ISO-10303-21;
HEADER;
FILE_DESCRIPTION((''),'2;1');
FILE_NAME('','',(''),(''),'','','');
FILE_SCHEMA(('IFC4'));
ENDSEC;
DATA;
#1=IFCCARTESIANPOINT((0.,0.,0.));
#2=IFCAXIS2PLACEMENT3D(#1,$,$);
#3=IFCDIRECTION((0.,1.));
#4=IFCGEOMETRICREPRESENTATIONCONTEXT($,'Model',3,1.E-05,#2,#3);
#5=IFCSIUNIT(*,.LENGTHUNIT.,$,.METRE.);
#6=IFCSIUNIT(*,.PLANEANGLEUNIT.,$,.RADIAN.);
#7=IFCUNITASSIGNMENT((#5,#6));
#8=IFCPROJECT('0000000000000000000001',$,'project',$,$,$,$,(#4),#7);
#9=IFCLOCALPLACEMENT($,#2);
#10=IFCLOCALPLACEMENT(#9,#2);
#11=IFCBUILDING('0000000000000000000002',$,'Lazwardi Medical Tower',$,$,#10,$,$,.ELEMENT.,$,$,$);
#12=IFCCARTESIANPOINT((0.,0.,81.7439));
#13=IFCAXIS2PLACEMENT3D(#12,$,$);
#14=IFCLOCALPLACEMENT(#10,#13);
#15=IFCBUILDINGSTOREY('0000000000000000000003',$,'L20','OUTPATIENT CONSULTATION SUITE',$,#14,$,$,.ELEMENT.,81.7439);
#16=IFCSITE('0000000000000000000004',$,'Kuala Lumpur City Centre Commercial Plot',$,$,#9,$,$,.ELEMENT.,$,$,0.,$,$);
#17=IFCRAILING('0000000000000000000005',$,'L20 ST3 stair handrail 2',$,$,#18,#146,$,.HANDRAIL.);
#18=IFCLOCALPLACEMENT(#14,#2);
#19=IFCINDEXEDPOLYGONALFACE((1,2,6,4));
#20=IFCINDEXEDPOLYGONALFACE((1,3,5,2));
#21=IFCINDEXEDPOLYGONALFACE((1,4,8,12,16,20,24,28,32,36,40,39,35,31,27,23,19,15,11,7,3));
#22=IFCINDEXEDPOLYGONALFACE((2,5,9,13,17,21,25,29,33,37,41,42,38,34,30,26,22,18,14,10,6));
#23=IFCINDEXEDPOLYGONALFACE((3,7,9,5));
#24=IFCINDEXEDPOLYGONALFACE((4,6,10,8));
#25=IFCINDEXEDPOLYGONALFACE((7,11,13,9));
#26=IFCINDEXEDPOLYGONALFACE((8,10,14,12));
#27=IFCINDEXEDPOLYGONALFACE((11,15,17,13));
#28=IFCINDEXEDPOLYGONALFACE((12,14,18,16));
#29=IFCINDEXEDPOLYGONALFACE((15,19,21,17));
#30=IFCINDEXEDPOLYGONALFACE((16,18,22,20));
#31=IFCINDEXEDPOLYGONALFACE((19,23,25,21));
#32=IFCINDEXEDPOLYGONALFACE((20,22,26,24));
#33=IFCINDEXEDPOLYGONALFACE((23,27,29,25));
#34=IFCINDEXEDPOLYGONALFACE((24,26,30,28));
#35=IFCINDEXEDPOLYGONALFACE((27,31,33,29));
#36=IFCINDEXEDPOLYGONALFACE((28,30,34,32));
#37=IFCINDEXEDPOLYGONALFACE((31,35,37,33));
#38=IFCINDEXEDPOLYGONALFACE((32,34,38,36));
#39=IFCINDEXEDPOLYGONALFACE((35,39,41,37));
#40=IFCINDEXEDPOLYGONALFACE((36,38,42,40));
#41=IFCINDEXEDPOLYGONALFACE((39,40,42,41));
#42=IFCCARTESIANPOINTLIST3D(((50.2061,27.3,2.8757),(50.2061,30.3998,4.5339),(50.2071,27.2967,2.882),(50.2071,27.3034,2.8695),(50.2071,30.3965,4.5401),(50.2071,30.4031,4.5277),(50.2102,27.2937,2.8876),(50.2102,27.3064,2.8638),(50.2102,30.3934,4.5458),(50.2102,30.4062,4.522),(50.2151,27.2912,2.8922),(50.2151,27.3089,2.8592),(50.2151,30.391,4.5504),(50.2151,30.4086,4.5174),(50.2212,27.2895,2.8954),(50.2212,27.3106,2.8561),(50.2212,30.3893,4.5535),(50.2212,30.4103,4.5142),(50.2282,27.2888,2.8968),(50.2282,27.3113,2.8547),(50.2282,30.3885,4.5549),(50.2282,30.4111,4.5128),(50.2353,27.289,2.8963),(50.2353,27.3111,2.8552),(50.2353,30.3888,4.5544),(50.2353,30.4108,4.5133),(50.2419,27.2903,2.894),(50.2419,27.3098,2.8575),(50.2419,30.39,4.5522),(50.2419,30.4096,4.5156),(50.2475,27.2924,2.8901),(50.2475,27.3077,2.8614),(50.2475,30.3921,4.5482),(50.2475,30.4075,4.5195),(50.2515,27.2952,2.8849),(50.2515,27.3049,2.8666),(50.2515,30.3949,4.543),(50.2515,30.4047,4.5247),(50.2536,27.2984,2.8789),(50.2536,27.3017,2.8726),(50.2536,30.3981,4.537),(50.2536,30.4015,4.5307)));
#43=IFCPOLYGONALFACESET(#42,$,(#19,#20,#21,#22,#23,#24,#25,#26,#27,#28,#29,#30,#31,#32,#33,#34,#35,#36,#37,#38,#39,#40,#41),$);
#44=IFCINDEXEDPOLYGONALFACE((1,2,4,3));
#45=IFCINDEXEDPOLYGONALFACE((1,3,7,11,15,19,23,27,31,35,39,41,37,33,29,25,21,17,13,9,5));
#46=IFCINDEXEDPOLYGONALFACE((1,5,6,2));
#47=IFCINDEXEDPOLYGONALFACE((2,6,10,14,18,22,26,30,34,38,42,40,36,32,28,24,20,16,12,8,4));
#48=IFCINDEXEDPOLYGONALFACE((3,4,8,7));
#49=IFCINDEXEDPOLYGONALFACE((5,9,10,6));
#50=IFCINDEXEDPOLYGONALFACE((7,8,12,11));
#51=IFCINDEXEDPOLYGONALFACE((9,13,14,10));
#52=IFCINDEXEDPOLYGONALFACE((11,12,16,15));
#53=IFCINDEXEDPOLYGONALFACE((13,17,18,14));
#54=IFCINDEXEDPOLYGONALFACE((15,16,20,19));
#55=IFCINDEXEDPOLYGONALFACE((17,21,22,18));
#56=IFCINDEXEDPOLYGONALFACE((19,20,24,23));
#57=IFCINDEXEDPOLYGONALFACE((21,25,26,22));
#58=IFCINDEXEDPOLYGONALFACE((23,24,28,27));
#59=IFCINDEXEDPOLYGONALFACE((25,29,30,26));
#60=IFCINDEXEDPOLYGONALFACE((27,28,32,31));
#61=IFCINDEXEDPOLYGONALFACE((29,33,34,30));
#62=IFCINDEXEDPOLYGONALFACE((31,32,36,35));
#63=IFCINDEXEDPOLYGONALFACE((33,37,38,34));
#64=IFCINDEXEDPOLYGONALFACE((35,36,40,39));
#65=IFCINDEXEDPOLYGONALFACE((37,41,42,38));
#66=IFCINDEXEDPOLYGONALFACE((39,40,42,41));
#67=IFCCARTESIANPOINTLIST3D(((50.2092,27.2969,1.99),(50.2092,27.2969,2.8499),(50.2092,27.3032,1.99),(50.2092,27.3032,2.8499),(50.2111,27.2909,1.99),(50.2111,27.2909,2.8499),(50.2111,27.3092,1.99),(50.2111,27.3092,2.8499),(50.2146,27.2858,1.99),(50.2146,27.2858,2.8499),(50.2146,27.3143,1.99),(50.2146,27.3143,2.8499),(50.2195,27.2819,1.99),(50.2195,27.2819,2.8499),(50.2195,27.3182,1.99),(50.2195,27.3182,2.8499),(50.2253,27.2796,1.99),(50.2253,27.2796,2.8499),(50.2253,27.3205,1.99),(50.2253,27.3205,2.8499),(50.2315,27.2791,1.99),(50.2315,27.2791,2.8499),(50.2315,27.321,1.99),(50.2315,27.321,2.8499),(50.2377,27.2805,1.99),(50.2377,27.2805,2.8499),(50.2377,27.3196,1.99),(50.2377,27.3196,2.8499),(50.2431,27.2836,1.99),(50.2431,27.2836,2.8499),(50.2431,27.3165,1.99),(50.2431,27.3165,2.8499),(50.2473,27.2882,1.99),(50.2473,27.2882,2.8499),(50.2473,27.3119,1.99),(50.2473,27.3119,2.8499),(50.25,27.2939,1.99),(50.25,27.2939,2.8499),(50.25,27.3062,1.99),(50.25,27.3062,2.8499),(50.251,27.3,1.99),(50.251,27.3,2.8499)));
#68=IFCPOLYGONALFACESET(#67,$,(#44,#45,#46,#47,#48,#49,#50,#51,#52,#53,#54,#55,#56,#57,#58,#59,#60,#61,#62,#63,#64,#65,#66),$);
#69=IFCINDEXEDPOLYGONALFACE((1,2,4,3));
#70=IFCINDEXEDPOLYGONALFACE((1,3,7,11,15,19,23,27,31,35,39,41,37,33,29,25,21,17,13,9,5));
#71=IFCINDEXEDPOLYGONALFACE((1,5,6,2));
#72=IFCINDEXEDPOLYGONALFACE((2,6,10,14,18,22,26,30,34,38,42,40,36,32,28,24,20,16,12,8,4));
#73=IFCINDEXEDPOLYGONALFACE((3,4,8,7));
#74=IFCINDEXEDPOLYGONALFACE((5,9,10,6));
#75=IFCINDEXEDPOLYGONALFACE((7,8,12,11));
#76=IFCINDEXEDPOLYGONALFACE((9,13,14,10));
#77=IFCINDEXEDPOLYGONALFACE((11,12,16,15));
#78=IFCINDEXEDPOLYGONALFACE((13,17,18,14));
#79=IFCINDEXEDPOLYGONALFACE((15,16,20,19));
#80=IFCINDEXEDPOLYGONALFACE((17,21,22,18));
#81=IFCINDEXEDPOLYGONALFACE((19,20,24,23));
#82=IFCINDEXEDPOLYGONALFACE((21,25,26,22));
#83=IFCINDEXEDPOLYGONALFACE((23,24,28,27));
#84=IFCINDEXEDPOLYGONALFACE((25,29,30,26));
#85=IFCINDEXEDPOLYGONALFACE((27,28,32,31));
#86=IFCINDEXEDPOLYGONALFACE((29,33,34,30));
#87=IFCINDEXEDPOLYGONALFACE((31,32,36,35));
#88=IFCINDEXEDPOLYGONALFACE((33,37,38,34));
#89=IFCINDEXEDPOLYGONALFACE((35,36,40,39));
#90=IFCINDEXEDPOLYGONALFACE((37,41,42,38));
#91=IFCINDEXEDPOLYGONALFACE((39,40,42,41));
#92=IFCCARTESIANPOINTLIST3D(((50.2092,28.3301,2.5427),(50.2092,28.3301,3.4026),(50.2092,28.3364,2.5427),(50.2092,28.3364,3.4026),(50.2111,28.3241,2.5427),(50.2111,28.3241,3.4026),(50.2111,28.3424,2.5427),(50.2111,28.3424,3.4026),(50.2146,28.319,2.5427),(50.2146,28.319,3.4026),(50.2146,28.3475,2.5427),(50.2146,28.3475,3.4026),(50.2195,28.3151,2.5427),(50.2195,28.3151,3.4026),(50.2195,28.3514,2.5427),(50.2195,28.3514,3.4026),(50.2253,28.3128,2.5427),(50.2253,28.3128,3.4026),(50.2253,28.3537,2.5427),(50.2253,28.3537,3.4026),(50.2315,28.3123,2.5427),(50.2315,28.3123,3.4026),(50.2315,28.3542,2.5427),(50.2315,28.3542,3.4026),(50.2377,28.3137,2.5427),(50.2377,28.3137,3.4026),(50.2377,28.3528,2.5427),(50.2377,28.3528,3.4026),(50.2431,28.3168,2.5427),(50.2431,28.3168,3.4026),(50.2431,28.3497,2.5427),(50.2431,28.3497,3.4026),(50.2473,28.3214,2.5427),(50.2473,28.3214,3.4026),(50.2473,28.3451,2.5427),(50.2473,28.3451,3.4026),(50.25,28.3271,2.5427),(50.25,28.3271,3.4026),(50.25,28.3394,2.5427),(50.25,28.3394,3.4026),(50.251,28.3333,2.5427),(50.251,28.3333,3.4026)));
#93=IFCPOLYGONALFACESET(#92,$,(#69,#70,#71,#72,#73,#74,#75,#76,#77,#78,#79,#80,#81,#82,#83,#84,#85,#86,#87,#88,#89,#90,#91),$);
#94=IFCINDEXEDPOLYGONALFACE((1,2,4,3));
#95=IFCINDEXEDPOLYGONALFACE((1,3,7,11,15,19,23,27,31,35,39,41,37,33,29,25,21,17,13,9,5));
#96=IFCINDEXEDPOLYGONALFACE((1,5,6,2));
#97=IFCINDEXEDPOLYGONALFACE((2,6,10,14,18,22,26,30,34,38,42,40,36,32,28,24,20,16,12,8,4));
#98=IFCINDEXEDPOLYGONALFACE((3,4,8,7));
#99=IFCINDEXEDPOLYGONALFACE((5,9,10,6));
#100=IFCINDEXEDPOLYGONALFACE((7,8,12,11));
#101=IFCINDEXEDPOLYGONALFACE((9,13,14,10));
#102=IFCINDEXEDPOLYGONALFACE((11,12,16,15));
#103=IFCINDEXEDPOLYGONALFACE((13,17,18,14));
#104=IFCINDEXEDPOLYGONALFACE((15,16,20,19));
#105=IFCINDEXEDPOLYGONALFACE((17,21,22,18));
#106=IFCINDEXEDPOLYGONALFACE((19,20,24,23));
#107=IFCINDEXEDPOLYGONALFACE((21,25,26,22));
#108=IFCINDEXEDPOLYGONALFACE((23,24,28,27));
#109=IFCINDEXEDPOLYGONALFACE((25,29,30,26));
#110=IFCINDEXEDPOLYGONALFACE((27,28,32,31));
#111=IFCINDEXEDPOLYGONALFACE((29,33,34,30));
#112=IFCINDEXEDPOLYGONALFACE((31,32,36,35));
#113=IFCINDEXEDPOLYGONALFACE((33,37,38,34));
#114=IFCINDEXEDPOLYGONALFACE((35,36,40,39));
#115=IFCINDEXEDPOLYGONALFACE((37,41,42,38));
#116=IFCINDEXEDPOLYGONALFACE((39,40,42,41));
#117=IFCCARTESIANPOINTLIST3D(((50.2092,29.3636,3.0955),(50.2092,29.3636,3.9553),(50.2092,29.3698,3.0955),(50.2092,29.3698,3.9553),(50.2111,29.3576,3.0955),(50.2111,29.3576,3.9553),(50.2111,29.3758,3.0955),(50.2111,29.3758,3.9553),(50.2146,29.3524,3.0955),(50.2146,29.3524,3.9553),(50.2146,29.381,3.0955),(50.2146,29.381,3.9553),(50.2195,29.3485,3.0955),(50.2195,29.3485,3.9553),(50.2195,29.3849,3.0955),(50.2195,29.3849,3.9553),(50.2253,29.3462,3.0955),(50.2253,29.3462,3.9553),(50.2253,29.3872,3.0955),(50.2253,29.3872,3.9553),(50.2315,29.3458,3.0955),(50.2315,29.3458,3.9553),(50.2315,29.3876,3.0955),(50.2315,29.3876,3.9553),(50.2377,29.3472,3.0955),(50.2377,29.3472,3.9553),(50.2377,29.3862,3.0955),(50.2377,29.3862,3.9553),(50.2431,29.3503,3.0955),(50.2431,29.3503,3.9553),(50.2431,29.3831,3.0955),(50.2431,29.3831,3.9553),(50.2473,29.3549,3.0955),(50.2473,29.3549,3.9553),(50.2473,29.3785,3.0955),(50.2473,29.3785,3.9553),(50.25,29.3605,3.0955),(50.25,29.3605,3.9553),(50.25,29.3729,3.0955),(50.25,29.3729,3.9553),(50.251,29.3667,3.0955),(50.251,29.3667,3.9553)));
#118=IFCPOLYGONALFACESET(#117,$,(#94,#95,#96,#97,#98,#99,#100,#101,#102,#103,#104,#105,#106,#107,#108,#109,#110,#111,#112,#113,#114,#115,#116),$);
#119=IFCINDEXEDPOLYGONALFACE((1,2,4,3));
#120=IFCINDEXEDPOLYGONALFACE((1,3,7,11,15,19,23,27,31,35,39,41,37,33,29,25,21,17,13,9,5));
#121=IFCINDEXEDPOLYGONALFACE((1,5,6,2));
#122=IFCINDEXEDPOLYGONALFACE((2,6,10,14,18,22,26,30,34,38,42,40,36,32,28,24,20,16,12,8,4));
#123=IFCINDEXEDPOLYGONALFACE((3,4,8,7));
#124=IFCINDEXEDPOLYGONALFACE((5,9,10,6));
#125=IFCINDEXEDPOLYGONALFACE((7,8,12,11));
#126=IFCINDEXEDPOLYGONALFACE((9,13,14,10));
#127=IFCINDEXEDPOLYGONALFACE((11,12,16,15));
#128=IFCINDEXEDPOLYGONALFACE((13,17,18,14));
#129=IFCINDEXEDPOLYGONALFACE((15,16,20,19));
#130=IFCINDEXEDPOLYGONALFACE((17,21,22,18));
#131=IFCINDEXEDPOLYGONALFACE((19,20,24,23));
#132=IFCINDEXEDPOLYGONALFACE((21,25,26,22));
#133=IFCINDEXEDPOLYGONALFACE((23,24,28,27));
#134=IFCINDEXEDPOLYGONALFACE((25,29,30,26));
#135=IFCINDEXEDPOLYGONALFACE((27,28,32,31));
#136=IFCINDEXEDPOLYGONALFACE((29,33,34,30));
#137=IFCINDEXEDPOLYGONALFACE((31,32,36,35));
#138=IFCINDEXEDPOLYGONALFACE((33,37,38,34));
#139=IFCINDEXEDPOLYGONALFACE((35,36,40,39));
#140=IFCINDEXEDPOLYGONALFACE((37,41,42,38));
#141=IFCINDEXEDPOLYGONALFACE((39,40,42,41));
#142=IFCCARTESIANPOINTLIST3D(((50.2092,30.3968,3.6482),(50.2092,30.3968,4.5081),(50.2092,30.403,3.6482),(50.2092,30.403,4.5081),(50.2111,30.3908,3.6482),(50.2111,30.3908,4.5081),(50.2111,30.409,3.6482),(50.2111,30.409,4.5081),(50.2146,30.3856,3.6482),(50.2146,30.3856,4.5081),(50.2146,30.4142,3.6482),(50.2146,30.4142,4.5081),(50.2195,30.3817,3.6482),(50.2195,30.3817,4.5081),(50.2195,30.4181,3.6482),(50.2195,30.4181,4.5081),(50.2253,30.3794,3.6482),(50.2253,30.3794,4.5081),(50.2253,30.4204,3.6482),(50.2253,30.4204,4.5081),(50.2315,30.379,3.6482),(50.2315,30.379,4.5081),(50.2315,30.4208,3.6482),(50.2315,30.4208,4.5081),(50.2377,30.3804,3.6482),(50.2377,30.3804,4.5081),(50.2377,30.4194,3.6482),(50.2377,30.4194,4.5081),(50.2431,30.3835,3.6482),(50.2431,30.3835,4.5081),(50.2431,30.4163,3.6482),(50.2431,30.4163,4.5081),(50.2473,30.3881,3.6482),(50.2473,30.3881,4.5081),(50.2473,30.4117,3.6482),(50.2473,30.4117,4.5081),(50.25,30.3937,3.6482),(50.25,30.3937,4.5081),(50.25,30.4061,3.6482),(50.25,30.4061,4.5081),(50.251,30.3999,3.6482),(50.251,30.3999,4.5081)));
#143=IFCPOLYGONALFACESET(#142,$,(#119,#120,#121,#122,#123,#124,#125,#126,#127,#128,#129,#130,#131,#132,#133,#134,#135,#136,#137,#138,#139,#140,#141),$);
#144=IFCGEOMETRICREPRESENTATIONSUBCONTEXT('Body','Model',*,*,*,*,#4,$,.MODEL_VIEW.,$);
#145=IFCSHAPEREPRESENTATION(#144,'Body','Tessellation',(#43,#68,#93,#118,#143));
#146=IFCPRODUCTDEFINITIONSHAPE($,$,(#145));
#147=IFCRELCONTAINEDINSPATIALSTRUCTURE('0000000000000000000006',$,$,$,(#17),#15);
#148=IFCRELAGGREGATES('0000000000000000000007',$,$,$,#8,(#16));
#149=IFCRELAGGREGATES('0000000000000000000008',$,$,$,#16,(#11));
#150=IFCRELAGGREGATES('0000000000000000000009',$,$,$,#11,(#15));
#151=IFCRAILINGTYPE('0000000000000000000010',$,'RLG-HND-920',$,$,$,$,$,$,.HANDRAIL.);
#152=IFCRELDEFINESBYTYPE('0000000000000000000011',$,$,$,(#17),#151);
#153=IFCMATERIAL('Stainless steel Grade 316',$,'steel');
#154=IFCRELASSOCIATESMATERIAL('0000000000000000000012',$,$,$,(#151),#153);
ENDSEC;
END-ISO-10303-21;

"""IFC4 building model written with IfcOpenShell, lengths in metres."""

from ifc_helpers import new_model, si_unit, direction, frame, origin, origin_2d, place, context, subcontext, project, spatial, circle, extrude, material, type_object, element, save


model = new_model("IFC4")

# Units and contexts
model_context = context("Model", 3, precision=1e-05, world=origin(), true_north=direction((0.0, 1.0)))
body_context = subcontext(model_context, "Body", "Model", "MODEL_VIEW")
ifc_project = project(units=[si_unit("LENGTHUNIT", "METRE"), si_unit("PLANEANGLEUNIT", "RADIAN")], contexts=[model_context])

# Site, building, storey
site_placement = place(None, origin())
site = spatial("IfcSite", under=ifc_project, at=site_placement, Name="Kuala Lumpur City Centre Commercial Plot", CompositionType="ELEMENT", RefElevation=0.0)
building_placement = place(site_placement, origin())
building = spatial("IfcBuilding", under=site, at=building_placement, Name="Lazwardi Medical Tower", CompositionType="ELEMENT")
storey_placement = place(building_placement, frame((0.0, 0.0, 81.7439)))
storey = spatial("IfcBuildingStorey", under=building, at=storey_placement, Name="L20", Description="OUTPATIENT CONSULTATION SUITE", CompositionType="ELEMENT", Elevation=81.7439)

# Railing
ifc_material_1 = material(Name="Stainless steel Grade 316", Category="steel")
railing_type_1 = type_object("IfcRailingType", Name="RLG-HND-920", PredefinedType="HANDRAIL", material=ifc_material_1)
railing_1_placement = place(storey_placement, frame((50.23, 27.3, 1.99)))
element("IfcRailing", 1, at=railing_1_placement, inside=storey, type_object=railing_type_1, Name="L20 ST3 stair handrail 2", PredefinedType="HANDRAIL", context=body_context, shape_type="SweptSolid", body=[
    extrude(circle(Radius=0.0239, at=origin_2d()), frame((0.0, 0.0, 0.8857), z_axis=(0.0, 0.881768, 0.471684), x_axis=(-1.0, 0.0, 0.0)), (0.0, 0.0, 1.0), 3.5154),
    extrude(circle(Radius=0.021, at=origin_2d()), origin(), (0.0, 0.0, 1.0), 0.8599),
    extrude(circle(Radius=0.021, at=origin_2d()), frame((0.0, 1.0332, 0.5527)), (0.0, 0.0, 1.0), 0.8599),
    extrude(circle(Radius=0.021, at=origin_2d()), frame((0.0, 2.0667, 1.1055)), (0.0, 0.0, 1.0), 0.8599),
    extrude(circle(Radius=0.021, at=origin_2d()), frame((0.0, 3.0999, 1.6582)), (0.0, 0.0, 1.0), 0.8599),
])

save(model, "model.ifc")
